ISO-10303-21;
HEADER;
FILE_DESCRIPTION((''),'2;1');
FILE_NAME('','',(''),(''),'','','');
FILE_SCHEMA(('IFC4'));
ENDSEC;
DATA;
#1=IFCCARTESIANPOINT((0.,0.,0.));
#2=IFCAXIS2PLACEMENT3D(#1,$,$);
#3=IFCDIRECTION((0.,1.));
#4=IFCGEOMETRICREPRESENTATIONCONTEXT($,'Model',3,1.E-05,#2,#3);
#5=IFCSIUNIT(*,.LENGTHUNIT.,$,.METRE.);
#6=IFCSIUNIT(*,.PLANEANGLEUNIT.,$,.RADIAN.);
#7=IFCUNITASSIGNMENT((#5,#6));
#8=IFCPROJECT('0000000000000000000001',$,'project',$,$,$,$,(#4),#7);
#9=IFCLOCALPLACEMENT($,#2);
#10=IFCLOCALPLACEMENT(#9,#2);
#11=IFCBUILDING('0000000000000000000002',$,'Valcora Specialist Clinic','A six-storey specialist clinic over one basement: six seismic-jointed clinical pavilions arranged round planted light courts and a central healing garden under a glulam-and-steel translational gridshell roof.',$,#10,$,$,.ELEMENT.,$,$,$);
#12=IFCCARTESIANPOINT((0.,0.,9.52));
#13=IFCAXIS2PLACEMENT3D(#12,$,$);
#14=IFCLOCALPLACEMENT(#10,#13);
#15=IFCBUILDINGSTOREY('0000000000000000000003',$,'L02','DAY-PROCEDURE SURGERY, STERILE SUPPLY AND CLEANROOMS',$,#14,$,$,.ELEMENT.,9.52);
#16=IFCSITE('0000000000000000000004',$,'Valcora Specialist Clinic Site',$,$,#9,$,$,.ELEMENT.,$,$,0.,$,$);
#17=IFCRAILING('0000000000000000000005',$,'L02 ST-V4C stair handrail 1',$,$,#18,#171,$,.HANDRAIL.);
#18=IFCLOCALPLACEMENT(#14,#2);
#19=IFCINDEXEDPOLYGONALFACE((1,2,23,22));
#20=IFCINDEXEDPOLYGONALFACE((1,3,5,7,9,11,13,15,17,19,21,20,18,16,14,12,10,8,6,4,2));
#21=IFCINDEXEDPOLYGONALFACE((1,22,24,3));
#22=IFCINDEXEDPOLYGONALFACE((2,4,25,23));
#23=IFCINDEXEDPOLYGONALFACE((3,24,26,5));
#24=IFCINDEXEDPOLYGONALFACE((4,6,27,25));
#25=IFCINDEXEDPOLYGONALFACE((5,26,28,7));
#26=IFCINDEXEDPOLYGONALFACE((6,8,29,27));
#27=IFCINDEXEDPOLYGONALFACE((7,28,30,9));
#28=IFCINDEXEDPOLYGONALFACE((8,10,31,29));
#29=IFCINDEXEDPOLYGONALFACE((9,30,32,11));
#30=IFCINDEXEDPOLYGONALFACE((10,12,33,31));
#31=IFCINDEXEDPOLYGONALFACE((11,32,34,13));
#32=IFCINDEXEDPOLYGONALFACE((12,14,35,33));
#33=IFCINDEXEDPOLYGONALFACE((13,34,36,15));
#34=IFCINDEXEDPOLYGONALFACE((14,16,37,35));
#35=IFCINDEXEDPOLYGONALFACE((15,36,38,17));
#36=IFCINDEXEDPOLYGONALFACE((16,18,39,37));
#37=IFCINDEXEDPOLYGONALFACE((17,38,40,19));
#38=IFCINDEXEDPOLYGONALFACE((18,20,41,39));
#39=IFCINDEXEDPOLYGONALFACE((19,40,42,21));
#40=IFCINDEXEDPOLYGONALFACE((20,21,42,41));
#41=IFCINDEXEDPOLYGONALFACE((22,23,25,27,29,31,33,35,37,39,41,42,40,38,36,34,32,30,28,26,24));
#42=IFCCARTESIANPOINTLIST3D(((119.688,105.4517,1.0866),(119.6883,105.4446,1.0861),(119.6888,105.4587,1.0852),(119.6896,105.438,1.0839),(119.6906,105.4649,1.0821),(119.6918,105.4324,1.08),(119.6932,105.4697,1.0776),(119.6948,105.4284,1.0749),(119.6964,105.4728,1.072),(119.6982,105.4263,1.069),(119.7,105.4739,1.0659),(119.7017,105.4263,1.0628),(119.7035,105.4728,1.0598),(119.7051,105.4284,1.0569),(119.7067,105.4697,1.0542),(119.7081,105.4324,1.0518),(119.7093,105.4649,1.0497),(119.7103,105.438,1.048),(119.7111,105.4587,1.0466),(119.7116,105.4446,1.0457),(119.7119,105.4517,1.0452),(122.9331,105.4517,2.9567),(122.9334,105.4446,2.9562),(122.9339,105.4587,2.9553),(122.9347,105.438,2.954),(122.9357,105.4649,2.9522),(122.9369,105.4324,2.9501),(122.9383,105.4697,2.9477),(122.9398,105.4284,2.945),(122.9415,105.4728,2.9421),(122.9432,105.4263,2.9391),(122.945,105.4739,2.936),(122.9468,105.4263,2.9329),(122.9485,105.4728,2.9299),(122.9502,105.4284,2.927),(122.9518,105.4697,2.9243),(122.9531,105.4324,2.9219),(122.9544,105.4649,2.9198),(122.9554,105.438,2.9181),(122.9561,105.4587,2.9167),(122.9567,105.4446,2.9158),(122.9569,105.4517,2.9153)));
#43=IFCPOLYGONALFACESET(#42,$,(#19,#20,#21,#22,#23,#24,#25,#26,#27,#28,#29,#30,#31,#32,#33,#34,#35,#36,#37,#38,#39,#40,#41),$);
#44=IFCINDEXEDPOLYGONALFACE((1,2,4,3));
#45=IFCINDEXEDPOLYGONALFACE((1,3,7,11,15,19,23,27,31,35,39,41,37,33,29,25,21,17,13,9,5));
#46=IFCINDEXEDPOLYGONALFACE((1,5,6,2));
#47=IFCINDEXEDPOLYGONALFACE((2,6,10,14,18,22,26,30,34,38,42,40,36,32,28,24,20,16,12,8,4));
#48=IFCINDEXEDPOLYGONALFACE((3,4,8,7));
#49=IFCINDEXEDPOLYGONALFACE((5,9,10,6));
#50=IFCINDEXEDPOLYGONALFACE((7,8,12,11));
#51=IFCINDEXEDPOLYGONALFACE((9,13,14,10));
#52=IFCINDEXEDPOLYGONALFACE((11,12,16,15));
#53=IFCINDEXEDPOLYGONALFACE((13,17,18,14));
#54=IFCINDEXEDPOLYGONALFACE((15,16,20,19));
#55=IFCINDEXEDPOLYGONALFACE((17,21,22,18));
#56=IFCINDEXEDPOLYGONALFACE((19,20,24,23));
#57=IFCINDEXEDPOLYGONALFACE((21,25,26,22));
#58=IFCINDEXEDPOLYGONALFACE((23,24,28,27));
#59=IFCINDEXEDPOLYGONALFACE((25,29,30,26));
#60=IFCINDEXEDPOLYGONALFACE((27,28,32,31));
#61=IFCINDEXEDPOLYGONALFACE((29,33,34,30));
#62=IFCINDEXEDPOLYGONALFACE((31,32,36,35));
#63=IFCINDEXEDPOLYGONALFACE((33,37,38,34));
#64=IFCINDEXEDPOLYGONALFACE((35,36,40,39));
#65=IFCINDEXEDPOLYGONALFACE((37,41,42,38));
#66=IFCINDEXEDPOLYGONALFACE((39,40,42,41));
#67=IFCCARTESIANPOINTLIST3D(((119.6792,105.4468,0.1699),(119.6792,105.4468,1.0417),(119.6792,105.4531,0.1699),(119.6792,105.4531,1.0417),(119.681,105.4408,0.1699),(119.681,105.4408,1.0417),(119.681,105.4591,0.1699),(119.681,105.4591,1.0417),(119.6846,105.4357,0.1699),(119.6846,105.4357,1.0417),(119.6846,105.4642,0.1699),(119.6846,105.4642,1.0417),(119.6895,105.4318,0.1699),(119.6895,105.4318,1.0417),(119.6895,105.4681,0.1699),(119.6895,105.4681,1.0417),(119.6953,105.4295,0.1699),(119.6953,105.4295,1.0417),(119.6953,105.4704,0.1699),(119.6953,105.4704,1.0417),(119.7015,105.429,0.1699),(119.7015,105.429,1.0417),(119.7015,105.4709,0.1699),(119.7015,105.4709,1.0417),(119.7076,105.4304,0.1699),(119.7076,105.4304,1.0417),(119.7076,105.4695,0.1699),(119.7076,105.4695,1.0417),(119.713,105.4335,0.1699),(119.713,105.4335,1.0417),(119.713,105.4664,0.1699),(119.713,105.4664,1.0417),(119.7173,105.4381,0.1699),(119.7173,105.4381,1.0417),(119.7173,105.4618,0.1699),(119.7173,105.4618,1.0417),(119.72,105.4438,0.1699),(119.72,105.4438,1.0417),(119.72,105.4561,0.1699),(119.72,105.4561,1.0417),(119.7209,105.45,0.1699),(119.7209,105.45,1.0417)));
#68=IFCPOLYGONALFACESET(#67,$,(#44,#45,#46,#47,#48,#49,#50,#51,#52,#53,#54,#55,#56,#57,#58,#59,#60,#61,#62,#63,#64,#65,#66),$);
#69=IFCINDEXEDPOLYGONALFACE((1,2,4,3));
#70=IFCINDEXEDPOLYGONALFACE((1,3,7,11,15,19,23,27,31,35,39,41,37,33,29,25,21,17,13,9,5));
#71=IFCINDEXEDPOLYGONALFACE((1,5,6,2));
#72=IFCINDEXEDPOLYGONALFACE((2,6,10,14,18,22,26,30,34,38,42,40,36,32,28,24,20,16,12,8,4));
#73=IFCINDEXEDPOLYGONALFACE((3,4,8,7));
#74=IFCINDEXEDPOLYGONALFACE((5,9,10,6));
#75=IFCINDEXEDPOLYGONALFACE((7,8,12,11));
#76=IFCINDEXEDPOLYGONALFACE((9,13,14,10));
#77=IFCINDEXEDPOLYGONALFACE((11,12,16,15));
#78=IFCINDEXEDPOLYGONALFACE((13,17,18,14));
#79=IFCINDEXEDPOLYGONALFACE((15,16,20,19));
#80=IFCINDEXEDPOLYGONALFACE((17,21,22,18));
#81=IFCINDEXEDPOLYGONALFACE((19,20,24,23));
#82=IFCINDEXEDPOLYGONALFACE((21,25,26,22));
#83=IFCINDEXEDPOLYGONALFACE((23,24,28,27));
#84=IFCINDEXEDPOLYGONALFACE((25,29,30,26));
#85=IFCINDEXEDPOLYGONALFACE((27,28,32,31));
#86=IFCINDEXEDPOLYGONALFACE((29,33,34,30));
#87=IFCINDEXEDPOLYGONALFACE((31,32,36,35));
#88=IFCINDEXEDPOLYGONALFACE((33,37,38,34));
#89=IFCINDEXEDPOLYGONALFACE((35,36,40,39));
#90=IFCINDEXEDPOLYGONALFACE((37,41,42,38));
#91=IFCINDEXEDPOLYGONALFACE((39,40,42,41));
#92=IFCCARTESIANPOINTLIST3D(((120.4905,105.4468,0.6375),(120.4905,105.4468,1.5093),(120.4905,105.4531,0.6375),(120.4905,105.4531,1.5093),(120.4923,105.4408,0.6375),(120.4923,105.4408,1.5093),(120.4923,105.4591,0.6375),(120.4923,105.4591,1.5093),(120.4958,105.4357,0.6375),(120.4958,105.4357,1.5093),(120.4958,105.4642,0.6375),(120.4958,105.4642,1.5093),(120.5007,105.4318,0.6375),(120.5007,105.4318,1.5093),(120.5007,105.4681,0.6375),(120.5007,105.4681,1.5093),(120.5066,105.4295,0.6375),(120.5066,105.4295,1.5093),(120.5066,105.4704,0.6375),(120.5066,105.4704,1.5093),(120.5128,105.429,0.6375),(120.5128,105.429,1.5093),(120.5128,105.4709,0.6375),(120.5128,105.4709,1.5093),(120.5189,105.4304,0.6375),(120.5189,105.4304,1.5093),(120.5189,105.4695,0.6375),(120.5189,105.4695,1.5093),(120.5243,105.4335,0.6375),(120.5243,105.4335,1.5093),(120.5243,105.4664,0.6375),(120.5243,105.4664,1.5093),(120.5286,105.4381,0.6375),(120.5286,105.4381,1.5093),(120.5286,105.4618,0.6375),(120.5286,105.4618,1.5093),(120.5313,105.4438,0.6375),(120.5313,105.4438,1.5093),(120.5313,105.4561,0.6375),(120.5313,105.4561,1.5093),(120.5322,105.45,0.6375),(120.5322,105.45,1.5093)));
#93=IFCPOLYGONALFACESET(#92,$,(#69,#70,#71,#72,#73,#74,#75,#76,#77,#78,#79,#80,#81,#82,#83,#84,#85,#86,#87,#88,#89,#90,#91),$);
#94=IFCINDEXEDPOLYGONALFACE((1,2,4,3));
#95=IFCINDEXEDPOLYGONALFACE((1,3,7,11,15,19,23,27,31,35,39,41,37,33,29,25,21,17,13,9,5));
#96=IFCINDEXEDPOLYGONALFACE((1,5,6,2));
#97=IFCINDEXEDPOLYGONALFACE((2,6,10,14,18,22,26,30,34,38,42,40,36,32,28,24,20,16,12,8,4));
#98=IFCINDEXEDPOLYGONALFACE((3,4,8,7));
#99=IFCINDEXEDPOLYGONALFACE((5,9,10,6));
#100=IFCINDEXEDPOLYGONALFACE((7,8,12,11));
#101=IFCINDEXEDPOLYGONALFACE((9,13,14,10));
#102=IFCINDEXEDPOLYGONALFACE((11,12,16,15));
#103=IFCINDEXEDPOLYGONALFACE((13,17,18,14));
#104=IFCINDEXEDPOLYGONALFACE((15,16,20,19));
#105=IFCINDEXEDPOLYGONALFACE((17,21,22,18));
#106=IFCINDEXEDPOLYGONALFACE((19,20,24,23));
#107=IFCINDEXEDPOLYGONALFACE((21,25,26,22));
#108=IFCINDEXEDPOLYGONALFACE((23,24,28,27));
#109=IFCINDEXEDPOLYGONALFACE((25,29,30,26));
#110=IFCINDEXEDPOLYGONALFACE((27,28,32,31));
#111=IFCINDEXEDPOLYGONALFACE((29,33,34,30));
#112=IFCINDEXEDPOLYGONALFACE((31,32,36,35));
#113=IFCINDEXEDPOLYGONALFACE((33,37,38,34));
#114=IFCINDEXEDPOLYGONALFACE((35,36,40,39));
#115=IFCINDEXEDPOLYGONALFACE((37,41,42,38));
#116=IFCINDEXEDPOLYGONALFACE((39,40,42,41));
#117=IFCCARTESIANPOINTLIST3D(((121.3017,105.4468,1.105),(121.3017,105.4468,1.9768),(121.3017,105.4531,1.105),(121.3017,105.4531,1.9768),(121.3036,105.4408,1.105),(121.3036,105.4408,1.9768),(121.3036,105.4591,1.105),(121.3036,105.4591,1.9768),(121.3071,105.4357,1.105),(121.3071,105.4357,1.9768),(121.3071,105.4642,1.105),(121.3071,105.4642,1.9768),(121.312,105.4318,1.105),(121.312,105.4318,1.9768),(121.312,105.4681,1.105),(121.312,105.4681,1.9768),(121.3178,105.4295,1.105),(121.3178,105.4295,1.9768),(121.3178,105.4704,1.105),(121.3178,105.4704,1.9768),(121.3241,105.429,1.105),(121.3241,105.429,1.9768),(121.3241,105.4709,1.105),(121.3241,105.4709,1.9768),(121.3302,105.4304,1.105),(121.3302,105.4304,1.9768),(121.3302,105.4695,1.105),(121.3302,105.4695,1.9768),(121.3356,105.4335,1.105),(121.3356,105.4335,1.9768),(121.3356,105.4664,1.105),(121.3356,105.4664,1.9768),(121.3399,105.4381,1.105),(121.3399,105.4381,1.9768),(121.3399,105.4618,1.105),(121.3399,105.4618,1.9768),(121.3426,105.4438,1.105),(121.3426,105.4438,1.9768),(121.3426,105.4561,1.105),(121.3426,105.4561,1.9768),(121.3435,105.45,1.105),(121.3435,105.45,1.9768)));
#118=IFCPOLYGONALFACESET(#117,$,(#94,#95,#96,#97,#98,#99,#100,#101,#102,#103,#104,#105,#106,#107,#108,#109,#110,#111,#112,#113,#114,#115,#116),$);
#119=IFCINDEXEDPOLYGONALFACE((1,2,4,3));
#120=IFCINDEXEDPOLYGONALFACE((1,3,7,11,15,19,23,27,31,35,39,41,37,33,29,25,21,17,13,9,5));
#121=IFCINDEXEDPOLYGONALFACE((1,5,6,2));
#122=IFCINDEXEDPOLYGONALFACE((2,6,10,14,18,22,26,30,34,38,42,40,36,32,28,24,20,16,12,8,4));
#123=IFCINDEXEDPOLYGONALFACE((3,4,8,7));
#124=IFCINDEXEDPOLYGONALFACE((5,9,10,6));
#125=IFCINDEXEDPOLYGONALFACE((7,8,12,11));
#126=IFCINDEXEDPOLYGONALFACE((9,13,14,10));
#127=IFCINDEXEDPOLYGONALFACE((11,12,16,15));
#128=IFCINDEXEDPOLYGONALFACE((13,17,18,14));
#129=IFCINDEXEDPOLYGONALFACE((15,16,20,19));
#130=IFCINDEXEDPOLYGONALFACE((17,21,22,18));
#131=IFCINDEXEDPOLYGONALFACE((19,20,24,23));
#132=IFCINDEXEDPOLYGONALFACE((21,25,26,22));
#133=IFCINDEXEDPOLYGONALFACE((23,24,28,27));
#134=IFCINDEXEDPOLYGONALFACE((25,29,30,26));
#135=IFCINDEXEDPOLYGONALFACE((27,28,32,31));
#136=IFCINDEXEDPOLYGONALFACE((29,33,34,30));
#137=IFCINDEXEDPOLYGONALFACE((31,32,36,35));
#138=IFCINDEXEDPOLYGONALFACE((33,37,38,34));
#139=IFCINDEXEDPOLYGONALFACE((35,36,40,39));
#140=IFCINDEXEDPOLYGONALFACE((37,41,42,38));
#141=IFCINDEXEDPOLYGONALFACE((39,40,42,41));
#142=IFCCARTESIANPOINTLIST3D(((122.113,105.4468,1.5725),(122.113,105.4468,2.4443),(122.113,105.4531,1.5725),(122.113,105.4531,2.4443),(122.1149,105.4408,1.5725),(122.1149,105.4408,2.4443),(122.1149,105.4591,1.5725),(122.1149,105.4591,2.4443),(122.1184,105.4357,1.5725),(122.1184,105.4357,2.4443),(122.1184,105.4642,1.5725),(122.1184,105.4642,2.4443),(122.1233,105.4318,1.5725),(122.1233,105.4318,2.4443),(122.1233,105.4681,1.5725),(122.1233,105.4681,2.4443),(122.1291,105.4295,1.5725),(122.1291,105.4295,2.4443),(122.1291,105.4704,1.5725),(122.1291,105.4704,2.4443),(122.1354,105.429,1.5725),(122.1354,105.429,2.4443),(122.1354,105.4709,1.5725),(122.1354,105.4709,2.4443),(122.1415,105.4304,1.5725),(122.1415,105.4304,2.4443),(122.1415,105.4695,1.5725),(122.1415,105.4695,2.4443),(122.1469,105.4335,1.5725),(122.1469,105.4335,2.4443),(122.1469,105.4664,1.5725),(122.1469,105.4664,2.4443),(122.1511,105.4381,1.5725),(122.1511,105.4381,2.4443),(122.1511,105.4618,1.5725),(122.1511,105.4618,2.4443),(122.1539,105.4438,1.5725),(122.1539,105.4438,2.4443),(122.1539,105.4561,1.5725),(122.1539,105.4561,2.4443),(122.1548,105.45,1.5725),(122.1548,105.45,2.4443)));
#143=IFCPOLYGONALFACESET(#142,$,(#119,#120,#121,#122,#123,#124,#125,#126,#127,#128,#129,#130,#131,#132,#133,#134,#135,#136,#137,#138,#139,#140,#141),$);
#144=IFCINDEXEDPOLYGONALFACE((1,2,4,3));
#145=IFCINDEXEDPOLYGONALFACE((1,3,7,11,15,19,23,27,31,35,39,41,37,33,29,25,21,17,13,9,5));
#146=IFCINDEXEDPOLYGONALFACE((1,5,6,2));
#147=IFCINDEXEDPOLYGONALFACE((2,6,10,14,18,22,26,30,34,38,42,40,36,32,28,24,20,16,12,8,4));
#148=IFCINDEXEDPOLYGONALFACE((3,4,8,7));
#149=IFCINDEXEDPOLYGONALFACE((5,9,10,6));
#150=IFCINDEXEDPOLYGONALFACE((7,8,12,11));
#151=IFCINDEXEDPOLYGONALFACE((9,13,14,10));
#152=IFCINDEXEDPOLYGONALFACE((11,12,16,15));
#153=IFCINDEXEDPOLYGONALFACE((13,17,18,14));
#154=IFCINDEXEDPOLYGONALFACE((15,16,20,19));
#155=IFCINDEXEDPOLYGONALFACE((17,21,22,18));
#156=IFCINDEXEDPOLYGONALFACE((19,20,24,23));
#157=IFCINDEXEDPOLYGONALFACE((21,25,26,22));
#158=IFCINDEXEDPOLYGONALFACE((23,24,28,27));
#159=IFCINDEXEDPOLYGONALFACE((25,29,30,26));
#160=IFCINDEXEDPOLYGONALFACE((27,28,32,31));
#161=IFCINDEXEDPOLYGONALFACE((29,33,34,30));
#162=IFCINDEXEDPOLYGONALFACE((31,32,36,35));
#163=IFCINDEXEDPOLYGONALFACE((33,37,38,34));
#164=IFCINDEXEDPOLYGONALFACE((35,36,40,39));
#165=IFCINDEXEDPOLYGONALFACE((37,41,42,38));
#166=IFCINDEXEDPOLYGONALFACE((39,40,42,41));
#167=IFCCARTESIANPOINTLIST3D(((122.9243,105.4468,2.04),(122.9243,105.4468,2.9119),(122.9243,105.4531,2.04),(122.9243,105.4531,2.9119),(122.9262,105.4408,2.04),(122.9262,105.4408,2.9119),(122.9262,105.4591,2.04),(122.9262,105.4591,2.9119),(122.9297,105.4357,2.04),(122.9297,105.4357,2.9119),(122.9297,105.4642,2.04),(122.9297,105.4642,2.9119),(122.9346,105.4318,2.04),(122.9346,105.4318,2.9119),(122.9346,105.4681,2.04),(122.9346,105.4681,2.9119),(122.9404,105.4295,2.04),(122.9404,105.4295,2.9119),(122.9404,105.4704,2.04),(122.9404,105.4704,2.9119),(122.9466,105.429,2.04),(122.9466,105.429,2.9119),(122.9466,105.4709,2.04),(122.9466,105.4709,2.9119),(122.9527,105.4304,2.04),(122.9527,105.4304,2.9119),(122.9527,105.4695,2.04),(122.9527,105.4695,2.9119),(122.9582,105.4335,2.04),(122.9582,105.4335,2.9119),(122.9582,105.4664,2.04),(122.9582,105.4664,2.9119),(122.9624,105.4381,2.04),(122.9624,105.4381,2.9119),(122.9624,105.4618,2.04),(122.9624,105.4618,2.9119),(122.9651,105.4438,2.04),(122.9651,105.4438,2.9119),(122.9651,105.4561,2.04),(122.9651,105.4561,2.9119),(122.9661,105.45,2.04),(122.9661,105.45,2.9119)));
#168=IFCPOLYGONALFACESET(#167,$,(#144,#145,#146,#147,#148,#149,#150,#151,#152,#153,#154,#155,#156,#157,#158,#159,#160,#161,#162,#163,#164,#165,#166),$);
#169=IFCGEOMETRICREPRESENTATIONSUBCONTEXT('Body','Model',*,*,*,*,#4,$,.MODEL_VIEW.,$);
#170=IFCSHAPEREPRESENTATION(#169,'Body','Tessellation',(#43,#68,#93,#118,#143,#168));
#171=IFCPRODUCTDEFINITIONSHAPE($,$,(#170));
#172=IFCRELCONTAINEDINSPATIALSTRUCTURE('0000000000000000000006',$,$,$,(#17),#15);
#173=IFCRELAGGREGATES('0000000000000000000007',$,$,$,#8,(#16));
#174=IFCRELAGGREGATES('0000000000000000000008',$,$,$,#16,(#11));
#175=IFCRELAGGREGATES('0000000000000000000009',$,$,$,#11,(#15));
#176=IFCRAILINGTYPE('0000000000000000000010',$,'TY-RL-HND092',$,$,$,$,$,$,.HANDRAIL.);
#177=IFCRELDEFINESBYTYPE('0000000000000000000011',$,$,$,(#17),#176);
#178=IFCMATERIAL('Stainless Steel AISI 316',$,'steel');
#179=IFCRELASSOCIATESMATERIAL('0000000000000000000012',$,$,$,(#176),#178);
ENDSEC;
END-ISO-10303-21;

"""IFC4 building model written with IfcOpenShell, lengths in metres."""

from ifc_helpers import new_model, si_unit, direction, frame, origin, origin_2d, place, context, subcontext, project, spatial, circle, extrude, material, type_object, element, save


model = new_model("IFC4")

# Units and contexts
model_context = context("Model", 3, precision=1e-05, world=origin(), true_north=direction((0.0, 1.0)))
body_context = subcontext(model_context, "Body", "Model", "MODEL_VIEW")
ifc_project = project(units=[si_unit("LENGTHUNIT", "METRE"), si_unit("PLANEANGLEUNIT", "RADIAN")], contexts=[model_context])

# Site, building, storey
site_placement = place(None, origin())
site = spatial("IfcSite", under=ifc_project, at=site_placement, Name="Valcora Specialist Clinic Site", CompositionType="ELEMENT", RefElevation=0.0)
building_placement = place(site_placement, origin())
building = spatial("IfcBuilding", under=site, at=building_placement, Name="Valcora Specialist Clinic", Description="A six-storey specialist clinic over one basement: six seismic-jointed clinical pavilions arranged round planted light courts and a central healing garden under a glulam-and-steel translational gridshell roof.", CompositionType="ELEMENT")
storey_placement = place(building_placement, frame((0.0, 0.0, 9.52)))
storey = spatial("IfcBuildingStorey", under=building, at=storey_placement, Name="L02", Description="DAY-PROCEDURE SURGERY, STERILE SUPPLY AND CLEANROOMS", CompositionType="ELEMENT", Elevation=9.52)

# Railing
ifc_material_1 = material(Name="Stainless Steel AISI 316", Category="steel")
railing_type_1 = type_object("IfcRailingType", Name="TY-RL-HND092", PredefinedType="HANDRAIL", material=ifc_material_1)
railing_1_placement = place(storey_placement, frame((119.7, 105.45, 0.1699)))
element("IfcRailing", 1, at=railing_1_placement, inside=storey, type_object=railing_type_1, Name="L02 ST-V4C stair handrail 1", PredefinedType="HANDRAIL", context=body_context, shape_type="SweptSolid", body=[
    extrude(circle(Radius=0.0239, at=origin_2d()), frame((0.0, 0.0, 0.896), z_axis=(0.866424, 0.0, 0.499309), x_axis=(0.0, 1.0, 0.0)), (0.0, 0.0, 1.0), 3.7454),
    extrude(circle(Radius=0.021, at=origin_2d()), origin(), (0.0, 0.0, 1.0), 0.8718),
    extrude(circle(Radius=0.021, at=origin_2d()), frame((0.8113, 0.0, 0.4675)), (0.0, 0.0, 1.0), 0.8718),
    extrude(circle(Radius=0.021, at=origin_2d()), frame((1.6226, 0.0, 0.9351)), (0.0, 0.0, 1.0), 0.8718),
    extrude(circle(Radius=0.021, at=origin_2d()), frame((2.4338, 0.0, 1.4026)), (0.0, 0.0, 1.0), 0.8718),
    extrude(circle(Radius=0.021, at=origin_2d()), frame((3.2451, 0.0, 1.8701)), (0.0, 0.0, 1.0), 0.8718),
])

save(model, "model.ifc")
